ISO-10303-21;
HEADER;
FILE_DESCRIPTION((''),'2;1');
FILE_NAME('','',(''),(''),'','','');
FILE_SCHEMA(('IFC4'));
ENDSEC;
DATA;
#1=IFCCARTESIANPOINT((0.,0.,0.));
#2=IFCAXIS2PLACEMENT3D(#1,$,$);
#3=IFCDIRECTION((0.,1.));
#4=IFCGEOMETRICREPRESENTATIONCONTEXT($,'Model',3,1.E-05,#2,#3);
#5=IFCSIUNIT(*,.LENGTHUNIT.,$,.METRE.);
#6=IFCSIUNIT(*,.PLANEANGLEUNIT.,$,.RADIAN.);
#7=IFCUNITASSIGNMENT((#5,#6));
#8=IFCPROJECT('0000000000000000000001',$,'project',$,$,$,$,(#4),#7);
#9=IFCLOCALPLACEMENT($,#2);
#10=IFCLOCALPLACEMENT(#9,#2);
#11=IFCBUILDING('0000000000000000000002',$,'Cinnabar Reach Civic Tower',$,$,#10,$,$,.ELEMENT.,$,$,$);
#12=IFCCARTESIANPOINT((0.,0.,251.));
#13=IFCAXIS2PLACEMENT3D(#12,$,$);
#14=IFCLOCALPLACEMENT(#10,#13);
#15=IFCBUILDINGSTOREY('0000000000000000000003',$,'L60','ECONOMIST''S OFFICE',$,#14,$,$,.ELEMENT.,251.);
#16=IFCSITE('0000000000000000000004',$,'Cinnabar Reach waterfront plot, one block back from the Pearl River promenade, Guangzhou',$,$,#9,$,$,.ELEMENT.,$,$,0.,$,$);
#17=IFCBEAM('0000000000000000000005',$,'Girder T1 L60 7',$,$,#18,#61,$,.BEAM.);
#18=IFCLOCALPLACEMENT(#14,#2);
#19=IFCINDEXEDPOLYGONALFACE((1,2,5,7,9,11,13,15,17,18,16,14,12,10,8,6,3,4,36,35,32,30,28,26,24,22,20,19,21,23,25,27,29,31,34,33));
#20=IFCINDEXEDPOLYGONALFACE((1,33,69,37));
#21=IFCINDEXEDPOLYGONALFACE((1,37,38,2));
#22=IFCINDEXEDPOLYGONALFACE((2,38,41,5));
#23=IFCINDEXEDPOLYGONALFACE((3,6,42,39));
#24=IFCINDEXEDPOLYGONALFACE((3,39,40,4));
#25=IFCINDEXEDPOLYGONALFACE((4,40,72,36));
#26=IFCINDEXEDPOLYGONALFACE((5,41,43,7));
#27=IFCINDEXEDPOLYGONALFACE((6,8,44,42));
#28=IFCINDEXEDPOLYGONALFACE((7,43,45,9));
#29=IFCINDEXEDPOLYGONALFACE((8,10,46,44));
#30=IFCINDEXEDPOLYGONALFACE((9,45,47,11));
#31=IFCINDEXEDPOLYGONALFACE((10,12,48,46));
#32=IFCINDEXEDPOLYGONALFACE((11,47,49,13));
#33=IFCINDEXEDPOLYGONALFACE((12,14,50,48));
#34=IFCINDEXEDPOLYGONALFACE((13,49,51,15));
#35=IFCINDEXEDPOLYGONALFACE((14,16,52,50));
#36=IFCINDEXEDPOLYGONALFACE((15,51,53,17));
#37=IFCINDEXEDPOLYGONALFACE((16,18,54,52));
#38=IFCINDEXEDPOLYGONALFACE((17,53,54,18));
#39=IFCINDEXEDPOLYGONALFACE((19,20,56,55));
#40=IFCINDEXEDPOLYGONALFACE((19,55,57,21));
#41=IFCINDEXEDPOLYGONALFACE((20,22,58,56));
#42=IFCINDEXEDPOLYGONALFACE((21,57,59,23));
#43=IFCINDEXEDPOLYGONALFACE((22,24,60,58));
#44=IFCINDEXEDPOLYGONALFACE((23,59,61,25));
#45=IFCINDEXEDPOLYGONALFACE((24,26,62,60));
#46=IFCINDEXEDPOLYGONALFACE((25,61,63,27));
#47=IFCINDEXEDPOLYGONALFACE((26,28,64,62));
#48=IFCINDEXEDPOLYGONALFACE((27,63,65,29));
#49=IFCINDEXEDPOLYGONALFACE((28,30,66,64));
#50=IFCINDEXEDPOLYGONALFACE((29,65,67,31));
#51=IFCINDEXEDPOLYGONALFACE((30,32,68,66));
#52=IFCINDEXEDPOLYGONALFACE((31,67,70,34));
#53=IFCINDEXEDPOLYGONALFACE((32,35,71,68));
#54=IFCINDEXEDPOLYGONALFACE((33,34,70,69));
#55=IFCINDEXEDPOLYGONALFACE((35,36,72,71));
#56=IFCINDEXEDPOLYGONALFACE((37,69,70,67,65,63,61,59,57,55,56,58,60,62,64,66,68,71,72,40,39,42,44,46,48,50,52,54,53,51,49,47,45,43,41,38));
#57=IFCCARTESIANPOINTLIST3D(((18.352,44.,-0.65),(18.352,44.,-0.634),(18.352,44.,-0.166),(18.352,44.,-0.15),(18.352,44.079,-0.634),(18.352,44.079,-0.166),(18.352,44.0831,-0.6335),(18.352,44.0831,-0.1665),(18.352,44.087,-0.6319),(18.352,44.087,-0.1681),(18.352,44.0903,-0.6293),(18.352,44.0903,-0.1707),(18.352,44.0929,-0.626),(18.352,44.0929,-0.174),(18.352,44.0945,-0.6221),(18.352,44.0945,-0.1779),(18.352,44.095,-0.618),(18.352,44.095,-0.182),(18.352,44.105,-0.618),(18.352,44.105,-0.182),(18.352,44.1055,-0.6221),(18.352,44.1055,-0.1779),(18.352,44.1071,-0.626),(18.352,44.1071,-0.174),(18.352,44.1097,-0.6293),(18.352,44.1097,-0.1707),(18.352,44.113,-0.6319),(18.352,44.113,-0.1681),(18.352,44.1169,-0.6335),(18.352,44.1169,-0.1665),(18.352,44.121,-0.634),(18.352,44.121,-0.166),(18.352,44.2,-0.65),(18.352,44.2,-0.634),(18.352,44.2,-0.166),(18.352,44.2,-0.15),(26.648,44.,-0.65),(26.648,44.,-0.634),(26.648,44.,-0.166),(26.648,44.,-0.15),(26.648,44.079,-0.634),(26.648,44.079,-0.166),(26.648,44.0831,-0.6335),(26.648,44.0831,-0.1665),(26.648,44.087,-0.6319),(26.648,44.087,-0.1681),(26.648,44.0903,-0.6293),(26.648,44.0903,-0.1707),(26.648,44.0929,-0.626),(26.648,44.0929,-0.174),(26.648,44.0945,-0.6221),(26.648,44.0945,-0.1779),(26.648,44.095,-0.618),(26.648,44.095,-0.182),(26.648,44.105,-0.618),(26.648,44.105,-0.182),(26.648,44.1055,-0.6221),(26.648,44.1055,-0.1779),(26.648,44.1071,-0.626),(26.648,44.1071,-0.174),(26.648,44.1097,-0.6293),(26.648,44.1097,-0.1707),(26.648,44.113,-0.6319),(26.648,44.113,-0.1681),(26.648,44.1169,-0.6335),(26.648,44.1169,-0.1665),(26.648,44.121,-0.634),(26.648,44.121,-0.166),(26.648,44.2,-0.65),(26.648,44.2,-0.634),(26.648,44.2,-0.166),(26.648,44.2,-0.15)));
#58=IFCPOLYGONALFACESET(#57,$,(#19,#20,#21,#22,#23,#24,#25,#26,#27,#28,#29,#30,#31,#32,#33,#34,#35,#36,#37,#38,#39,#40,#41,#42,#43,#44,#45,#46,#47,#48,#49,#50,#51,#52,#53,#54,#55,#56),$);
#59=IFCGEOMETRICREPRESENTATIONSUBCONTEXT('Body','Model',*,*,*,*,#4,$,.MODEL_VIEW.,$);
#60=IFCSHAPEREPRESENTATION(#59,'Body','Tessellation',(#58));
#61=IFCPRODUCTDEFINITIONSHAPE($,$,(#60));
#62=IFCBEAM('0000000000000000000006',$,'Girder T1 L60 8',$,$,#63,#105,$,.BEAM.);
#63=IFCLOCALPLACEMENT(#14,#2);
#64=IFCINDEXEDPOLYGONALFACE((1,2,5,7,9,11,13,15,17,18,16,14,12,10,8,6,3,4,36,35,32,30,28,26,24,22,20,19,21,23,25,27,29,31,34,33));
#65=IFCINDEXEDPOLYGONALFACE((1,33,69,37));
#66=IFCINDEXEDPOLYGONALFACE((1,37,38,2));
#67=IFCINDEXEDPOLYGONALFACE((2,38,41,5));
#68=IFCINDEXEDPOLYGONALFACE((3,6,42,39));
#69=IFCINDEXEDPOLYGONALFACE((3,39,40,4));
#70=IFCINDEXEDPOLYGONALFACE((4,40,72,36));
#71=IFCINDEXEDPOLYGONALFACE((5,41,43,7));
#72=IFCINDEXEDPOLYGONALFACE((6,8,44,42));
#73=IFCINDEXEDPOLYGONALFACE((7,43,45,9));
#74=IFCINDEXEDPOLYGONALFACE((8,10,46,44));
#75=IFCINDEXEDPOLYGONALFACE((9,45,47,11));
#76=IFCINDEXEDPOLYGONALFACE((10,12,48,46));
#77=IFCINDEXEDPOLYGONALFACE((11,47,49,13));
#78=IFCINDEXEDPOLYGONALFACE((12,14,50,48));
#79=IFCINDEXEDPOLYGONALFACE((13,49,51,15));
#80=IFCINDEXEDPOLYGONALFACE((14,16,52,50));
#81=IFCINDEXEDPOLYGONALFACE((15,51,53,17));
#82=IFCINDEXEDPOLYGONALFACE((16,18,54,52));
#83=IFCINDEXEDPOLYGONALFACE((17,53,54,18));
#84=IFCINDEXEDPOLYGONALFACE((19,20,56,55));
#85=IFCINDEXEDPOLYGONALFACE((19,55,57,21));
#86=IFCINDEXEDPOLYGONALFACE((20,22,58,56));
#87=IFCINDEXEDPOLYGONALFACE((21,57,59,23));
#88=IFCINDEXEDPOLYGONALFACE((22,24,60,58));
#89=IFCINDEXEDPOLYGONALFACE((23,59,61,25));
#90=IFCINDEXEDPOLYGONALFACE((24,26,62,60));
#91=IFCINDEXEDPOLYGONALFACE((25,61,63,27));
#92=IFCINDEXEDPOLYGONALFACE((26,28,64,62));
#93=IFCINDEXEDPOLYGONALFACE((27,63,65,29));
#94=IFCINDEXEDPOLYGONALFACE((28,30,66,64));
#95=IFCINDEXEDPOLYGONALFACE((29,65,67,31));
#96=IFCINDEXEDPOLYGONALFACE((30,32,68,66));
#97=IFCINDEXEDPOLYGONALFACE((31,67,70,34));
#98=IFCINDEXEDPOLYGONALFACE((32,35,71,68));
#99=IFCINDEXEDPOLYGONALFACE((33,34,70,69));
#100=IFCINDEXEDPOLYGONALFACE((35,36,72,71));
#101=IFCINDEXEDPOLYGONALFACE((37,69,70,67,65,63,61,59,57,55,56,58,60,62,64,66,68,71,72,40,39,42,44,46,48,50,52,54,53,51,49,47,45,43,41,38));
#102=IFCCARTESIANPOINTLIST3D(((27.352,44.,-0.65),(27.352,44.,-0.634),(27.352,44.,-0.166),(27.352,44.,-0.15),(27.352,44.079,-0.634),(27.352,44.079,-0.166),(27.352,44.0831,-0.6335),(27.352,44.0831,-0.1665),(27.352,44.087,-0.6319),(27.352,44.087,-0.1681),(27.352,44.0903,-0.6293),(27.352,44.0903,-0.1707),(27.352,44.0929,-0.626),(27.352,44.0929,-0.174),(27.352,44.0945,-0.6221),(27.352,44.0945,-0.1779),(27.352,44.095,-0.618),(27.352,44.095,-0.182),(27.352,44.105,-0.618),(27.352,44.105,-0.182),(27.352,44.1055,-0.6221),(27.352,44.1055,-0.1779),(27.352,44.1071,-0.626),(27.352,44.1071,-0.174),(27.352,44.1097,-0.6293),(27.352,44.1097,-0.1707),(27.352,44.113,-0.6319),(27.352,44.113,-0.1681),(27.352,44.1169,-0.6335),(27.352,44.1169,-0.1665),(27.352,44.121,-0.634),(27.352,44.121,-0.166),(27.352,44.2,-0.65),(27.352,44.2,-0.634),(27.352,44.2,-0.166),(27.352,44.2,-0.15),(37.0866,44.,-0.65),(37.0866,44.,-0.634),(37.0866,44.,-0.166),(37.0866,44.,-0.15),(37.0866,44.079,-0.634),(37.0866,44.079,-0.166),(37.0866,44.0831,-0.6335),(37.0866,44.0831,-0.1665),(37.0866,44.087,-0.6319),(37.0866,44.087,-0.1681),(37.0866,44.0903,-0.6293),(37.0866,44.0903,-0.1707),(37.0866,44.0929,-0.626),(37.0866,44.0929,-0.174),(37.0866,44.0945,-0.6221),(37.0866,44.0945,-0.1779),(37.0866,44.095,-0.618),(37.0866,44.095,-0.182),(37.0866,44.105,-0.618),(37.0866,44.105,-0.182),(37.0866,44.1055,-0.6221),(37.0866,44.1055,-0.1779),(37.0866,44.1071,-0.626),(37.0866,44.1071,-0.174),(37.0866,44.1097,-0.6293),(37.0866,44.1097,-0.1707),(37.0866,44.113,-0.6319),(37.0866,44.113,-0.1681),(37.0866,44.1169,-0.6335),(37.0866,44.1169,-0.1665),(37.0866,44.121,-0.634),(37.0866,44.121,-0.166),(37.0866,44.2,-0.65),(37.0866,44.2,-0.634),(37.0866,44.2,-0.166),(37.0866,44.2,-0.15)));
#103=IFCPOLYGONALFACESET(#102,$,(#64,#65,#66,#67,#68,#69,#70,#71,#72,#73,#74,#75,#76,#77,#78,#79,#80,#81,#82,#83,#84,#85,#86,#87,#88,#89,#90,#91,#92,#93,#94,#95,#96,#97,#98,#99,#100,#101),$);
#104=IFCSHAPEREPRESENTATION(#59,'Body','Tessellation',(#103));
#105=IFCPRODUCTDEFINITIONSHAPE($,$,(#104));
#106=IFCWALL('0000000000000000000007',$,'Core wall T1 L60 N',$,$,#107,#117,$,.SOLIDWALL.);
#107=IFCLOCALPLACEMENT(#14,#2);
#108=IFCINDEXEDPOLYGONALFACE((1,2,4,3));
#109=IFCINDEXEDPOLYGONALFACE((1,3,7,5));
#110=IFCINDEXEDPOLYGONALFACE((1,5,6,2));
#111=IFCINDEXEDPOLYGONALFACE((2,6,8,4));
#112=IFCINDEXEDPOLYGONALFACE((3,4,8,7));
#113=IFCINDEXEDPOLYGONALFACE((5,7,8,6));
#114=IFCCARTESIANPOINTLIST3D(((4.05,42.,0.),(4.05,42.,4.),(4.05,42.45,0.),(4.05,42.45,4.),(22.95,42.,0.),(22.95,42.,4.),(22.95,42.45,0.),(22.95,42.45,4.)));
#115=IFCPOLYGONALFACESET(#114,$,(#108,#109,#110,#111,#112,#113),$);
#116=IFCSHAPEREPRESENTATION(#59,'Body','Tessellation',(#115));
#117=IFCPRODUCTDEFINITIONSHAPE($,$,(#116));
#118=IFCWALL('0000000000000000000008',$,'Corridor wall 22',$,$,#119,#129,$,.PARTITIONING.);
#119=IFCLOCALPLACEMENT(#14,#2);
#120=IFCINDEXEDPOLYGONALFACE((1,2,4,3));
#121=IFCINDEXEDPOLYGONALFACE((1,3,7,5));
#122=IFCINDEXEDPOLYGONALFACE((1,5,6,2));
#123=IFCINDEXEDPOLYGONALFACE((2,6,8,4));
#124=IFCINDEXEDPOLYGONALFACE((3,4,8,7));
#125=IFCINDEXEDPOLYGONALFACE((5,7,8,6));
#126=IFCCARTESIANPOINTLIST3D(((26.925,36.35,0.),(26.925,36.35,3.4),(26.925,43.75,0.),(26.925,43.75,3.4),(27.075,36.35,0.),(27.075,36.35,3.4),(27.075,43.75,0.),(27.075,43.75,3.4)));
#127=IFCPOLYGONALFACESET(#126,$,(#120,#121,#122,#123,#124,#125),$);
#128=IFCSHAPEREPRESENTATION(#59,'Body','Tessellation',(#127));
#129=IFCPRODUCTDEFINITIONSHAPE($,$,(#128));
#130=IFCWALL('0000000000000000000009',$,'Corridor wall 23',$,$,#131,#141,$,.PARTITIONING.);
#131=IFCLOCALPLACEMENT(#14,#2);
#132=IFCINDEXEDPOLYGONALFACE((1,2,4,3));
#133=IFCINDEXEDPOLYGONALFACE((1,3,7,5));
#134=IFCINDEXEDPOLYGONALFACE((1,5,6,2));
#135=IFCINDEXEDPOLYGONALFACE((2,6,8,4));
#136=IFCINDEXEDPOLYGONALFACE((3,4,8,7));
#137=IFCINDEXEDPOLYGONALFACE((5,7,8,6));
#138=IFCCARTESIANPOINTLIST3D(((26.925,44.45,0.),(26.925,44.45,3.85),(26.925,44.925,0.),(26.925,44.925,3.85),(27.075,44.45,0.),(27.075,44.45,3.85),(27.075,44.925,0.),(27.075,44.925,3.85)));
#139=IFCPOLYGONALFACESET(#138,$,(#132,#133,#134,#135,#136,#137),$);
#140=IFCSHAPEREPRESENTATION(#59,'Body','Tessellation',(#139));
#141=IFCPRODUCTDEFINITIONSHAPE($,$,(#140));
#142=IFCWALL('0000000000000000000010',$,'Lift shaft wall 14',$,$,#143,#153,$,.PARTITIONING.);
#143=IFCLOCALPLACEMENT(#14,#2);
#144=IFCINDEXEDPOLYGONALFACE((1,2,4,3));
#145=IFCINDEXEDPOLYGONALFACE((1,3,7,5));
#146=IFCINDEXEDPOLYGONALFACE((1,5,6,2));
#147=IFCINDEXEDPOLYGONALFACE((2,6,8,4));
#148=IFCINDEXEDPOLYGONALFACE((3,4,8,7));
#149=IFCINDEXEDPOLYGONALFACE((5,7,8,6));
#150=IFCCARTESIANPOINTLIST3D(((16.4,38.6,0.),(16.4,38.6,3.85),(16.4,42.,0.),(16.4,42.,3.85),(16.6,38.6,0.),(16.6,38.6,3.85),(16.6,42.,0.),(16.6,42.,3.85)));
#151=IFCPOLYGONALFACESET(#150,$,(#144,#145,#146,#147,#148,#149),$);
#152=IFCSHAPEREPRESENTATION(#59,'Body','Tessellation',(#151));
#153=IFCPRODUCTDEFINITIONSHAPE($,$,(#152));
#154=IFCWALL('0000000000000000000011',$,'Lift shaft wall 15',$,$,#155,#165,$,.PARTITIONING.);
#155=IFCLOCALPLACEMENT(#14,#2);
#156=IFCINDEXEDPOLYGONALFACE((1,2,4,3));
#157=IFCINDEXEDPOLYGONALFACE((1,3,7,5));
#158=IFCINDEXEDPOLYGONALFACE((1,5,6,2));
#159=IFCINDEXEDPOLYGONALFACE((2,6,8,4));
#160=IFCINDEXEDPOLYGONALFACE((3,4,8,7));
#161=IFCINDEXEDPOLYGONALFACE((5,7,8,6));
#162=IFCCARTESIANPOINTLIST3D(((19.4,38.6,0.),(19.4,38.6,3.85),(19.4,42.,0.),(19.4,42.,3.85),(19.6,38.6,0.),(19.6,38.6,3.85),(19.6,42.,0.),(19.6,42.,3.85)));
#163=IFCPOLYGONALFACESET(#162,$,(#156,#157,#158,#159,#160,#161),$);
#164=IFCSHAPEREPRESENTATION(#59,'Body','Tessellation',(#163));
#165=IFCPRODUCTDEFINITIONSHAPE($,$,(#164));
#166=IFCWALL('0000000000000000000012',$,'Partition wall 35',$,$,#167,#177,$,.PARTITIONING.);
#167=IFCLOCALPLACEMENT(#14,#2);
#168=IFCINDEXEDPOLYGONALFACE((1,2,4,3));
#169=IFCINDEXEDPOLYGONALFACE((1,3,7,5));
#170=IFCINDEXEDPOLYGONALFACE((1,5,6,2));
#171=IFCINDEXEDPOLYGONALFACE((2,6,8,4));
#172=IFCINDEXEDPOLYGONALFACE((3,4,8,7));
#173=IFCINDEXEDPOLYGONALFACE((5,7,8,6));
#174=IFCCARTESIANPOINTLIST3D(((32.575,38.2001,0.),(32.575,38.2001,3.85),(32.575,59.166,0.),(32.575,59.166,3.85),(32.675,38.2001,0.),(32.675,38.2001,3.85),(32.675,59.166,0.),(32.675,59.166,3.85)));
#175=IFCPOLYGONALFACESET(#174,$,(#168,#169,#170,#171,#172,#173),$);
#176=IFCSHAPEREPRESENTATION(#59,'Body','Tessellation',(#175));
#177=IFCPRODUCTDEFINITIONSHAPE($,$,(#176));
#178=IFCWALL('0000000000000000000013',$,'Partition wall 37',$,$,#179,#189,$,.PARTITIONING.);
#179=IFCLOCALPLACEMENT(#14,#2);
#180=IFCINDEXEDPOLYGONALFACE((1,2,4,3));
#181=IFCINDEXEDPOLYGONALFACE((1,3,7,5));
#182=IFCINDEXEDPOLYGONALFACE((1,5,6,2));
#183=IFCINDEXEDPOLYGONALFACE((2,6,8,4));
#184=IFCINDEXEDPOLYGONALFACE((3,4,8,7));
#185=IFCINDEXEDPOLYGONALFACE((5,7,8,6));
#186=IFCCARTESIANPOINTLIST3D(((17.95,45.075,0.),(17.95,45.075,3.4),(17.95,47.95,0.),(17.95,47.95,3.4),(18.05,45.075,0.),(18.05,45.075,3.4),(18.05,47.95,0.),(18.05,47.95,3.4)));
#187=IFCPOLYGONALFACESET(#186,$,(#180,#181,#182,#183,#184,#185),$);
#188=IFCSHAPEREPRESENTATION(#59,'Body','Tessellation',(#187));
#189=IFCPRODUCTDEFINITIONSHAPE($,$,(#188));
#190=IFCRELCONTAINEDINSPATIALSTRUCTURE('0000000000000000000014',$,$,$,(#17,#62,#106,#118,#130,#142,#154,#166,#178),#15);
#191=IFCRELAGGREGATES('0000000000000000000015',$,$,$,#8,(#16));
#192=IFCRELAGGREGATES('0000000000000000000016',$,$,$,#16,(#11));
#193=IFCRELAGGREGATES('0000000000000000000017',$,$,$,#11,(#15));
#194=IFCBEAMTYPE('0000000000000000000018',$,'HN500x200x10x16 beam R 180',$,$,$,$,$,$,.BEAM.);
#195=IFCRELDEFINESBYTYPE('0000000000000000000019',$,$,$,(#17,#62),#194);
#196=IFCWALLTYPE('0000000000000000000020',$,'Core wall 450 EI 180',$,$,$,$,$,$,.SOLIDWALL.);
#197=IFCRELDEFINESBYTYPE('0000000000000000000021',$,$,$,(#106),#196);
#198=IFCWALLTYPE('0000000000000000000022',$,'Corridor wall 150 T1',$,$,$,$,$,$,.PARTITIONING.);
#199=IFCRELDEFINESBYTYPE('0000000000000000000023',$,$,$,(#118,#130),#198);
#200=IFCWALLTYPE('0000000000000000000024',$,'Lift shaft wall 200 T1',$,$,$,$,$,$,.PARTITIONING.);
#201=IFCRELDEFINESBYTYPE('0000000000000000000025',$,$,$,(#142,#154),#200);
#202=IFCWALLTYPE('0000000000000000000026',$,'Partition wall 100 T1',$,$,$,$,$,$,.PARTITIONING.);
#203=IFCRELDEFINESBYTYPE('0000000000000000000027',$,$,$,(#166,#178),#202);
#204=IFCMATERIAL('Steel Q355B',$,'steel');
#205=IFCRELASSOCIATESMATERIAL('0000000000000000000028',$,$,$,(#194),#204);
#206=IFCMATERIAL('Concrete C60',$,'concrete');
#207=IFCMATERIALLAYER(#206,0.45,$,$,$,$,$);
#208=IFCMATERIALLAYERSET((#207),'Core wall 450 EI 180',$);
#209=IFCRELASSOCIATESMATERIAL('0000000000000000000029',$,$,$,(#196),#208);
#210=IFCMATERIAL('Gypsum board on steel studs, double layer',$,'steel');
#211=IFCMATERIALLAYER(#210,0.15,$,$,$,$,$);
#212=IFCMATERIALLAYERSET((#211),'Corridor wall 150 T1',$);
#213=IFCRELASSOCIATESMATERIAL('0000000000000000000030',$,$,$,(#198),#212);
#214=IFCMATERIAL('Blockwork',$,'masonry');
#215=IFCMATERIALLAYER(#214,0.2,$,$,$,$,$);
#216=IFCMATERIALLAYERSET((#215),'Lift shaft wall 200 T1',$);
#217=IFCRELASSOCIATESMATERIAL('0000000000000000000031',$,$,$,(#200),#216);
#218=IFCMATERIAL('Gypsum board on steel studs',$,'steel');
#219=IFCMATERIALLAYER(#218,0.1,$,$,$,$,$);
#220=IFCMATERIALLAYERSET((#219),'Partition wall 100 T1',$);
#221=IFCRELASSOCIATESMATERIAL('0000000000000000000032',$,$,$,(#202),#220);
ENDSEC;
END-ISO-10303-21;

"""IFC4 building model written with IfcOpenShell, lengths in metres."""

from ifc_helpers import new_model, si_unit, direction, frame, frame_2d, origin, origin_2d, place, context, subcontext, project, spatial, rectangle, i_section, extrude, material, layer, layer_set, material_profile, profile_set, type_object, element, save


model = new_model("IFC4")

# Units and contexts
model_context = context("Model", 3, precision=1e-05, world=origin(), true_north=direction((0.0, 1.0)))
body_context = subcontext(model_context, "Body", "Model", "MODEL_VIEW")
ifc_project = project(units=[si_unit("LENGTHUNIT", "METRE"), si_unit("PLANEANGLEUNIT", "RADIAN")], contexts=[model_context])

# Site, building, storey
site_placement = place(None, origin())
site = spatial("IfcSite", under=ifc_project, at=site_placement, Name="Cinnabar Reach waterfront plot, one block back from the Pearl River promenade, Guangzhou", CompositionType="ELEMENT", RefElevation=0.0)
building_placement = place(site_placement, origin())
building = spatial("IfcBuilding", under=site, at=building_placement, Name="Cinnabar Reach Civic Tower", CompositionType="ELEMENT")
storey_placement = place(building_placement, frame((0.0, 0.0, 251.0)))
storey = spatial("IfcBuildingStorey", under=building, at=storey_placement, Name="L60", Description="ECONOMIST'S OFFICE", CompositionType="ELEMENT", Elevation=251.0)

# Shared definitions
ifc_material_1 = material(Name="Concrete C60", Category="concrete")

# Beams
ifc_material_2 = material(Name="Steel Q355B", Category="steel")
ifc_material_profile_1 = material_profile(ifc_material_2, i_section(OverallWidth=0.2, OverallDepth=0.5, WebThickness=0.01, FlangeThickness=0.016, FilletRadius=0.016, at=origin_2d()), Name="HN500x200x10x16")
ifc_profile_set_1 = profile_set([ifc_material_profile_1], Name="Steel Q355B")
beam_type_1 = type_object("IfcBeamType", Name="HN500x200x10x16 beam R 180", PredefinedType="BEAM", material=ifc_profile_set_1)
beam_1_placement = place(storey_placement, frame((18.352, 44.1, -0.4), z_axis=(1.0, 0.0, 0.0), x_axis=(0.0, 1.0, 0.0)))
element("IfcBeam", 1, at=beam_1_placement, inside=storey, type_object=beam_type_1, Name="Girder T1 L60 7", PredefinedType="BEAM", context=body_context, shape_type="SweptSolid", body=[
    extrude(i_section(OverallWidth=0.2, OverallDepth=0.5, WebThickness=0.01, FlangeThickness=0.016, FilletRadius=0.016, at=origin_2d()), origin(), (0.0, 0.0, 1.0), 8.296),
])
beam_2_placement = place(storey_placement, frame((27.352, 44.1, -0.4), z_axis=(1.0, 0.0, 0.0), x_axis=(0.0, 1.0, 0.0)))
element("IfcBeam", 2, at=beam_2_placement, inside=storey, type_object=beam_type_1, Name="Girder T1 L60 8", PredefinedType="BEAM", context=body_context, shape_type="SweptSolid", body=[
    extrude(i_section(OverallWidth=0.2, OverallDepth=0.5, WebThickness=0.01, FlangeThickness=0.016, FilletRadius=0.016, at=origin_2d()), origin(), (0.0, 0.0, 1.0), 9.7346),
])

# Walls
ifc_layer_1 = layer(ifc_material_1, 0.45)
ifc_layer_set_1 = layer_set([ifc_layer_1], Name="Core wall 450 EI 180")
wall_type_1 = type_object("IfcWallType", Name="Core wall 450 EI 180", PredefinedType="SOLIDWALL", material=ifc_layer_set_1)
wall_1_placement = place(storey_placement, frame((22.95, 42.225, 0.0), z_axis=(0.0, 0.0, 1.0), x_axis=(-1.0, 0.0, 0.0)))
element("IfcWall", 3, at=wall_1_placement, inside=storey, type_object=wall_type_1, Name="Core wall T1 L60 N", PredefinedType="SOLIDWALL", context=body_context, shape_type="SweptSolid", body=[
    extrude(rectangle(XDim=18.9, YDim=0.45, at=frame_2d((9.45, 0.0))), origin(), (0.0, 0.0, 1.0), 4.0),
])
ifc_material_3 = material(Name="Gypsum board on steel studs, double layer", Category="steel")
ifc_layer_2 = layer(ifc_material_3, 0.15)
ifc_layer_set_2 = layer_set([ifc_layer_2], Name="Corridor wall 150 T1")
wall_type_2 = type_object("IfcWallType", Name="Corridor wall 150 T1", PredefinedType="PARTITIONING", material=ifc_layer_set_2)
wall_2_placement = place(storey_placement, frame((27.0, 36.35, 0.0), z_axis=(0.0, 0.0, 1.0), x_axis=(0.0, 1.0, 0.0)))
element("IfcWall", 4, at=wall_2_placement, inside=storey, type_object=wall_type_2, Name="Corridor wall 22", PredefinedType="PARTITIONING", context=body_context, shape_type="SweptSolid", body=[
    extrude(rectangle(XDim=7.4, YDim=0.15, at=frame_2d((3.7, 0.0))), origin(), (0.0, 0.0, 1.0), 3.4),
])
wall_3_placement = place(storey_placement, frame((27.0, 44.45, 0.0), z_axis=(0.0, 0.0, 1.0), x_axis=(0.0, 1.0, 0.0)))
element("IfcWall", 5, at=wall_3_placement, inside=storey, type_object=wall_type_2, Name="Corridor wall 23", PredefinedType="PARTITIONING", context=body_context, shape_type="SweptSolid", body=[
    extrude(rectangle(XDim=0.475, YDim=0.15, at=frame_2d((0.2375, 0.0))), origin(), (0.0, 0.0, 1.0), 3.85),
])
ifc_material_4 = material(Name="Blockwork", Category="masonry")
ifc_layer_3 = layer(ifc_material_4, 0.2)
ifc_layer_set_3 = layer_set([ifc_layer_3], Name="Lift shaft wall 200 T1")
wall_type_3 = type_object("IfcWallType", Name="Lift shaft wall 200 T1", PredefinedType="PARTITIONING", material=ifc_layer_set_3)
for number, where, z_axis, x_axis, name in (
    (6, (16.5, 38.6, 0.0), (0.0, 0.0, 1.0), (0.0, 1.0, 0.0), "Lift shaft wall 14"),
    (7, (19.5, 38.6, 0.0), (0.0, 0.0, 1.0), (0.0, 1.0, 0.0), "Lift shaft wall 15"),
):
    element("IfcWall", number, at=place(storey_placement, frame(where, z_axis=z_axis, x_axis=x_axis)), inside=storey, type_object=wall_type_3, Name=name, PredefinedType="PARTITIONING", context=body_context, shape_type="SweptSolid", body=[
        extrude(rectangle(XDim=3.4, YDim=0.2, at=frame_2d((1.7, 0.0))), origin(), (0.0, 0.0, 1.0), 3.85),
    ])
ifc_material_5 = material(Name="Gypsum board on steel studs", Category="steel")
ifc_layer_4 = layer(ifc_material_5, 0.1)
ifc_layer_set_4 = layer_set([ifc_layer_4], Name="Partition wall 100 T1")
wall_type_4 = type_object("IfcWallType", Name="Partition wall 100 T1", PredefinedType="PARTITIONING", material=ifc_layer_set_4)
wall_4_placement = place(storey_placement, frame((32.625, 38.2, 0.0), z_axis=(0.0, 0.0, 1.0), x_axis=(0.0, 1.0, 0.0)))
element("IfcWall", 8, at=wall_4_placement, inside=storey, type_object=wall_type_4, Name="Partition wall 35", PredefinedType="PARTITIONING", context=body_context, shape_type="SweptSolid", body=[
    extrude(rectangle(XDim=20.9659, YDim=0.1, at=frame_2d((10.483, 0.0))), origin(), (0.0, 0.0, 1.0), 3.85),
])
wall_5_placement = place(storey_placement, frame((18.0, 45.075, 0.0), z_axis=(0.0, 0.0, 1.0), x_axis=(0.0, 1.0, 0.0)))
element("IfcWall", 9, at=wall_5_placement, inside=storey, type_object=wall_type_4, Name="Partition wall 37", PredefinedType="PARTITIONING", context=body_context, shape_type="SweptSolid", body=[
    extrude(rectangle(XDim=2.875, YDim=0.1, at=frame_2d((1.4375, 0.0))), origin(), (0.0, 0.0, 1.0), 3.4),
])

save(model, "model.ifc")
